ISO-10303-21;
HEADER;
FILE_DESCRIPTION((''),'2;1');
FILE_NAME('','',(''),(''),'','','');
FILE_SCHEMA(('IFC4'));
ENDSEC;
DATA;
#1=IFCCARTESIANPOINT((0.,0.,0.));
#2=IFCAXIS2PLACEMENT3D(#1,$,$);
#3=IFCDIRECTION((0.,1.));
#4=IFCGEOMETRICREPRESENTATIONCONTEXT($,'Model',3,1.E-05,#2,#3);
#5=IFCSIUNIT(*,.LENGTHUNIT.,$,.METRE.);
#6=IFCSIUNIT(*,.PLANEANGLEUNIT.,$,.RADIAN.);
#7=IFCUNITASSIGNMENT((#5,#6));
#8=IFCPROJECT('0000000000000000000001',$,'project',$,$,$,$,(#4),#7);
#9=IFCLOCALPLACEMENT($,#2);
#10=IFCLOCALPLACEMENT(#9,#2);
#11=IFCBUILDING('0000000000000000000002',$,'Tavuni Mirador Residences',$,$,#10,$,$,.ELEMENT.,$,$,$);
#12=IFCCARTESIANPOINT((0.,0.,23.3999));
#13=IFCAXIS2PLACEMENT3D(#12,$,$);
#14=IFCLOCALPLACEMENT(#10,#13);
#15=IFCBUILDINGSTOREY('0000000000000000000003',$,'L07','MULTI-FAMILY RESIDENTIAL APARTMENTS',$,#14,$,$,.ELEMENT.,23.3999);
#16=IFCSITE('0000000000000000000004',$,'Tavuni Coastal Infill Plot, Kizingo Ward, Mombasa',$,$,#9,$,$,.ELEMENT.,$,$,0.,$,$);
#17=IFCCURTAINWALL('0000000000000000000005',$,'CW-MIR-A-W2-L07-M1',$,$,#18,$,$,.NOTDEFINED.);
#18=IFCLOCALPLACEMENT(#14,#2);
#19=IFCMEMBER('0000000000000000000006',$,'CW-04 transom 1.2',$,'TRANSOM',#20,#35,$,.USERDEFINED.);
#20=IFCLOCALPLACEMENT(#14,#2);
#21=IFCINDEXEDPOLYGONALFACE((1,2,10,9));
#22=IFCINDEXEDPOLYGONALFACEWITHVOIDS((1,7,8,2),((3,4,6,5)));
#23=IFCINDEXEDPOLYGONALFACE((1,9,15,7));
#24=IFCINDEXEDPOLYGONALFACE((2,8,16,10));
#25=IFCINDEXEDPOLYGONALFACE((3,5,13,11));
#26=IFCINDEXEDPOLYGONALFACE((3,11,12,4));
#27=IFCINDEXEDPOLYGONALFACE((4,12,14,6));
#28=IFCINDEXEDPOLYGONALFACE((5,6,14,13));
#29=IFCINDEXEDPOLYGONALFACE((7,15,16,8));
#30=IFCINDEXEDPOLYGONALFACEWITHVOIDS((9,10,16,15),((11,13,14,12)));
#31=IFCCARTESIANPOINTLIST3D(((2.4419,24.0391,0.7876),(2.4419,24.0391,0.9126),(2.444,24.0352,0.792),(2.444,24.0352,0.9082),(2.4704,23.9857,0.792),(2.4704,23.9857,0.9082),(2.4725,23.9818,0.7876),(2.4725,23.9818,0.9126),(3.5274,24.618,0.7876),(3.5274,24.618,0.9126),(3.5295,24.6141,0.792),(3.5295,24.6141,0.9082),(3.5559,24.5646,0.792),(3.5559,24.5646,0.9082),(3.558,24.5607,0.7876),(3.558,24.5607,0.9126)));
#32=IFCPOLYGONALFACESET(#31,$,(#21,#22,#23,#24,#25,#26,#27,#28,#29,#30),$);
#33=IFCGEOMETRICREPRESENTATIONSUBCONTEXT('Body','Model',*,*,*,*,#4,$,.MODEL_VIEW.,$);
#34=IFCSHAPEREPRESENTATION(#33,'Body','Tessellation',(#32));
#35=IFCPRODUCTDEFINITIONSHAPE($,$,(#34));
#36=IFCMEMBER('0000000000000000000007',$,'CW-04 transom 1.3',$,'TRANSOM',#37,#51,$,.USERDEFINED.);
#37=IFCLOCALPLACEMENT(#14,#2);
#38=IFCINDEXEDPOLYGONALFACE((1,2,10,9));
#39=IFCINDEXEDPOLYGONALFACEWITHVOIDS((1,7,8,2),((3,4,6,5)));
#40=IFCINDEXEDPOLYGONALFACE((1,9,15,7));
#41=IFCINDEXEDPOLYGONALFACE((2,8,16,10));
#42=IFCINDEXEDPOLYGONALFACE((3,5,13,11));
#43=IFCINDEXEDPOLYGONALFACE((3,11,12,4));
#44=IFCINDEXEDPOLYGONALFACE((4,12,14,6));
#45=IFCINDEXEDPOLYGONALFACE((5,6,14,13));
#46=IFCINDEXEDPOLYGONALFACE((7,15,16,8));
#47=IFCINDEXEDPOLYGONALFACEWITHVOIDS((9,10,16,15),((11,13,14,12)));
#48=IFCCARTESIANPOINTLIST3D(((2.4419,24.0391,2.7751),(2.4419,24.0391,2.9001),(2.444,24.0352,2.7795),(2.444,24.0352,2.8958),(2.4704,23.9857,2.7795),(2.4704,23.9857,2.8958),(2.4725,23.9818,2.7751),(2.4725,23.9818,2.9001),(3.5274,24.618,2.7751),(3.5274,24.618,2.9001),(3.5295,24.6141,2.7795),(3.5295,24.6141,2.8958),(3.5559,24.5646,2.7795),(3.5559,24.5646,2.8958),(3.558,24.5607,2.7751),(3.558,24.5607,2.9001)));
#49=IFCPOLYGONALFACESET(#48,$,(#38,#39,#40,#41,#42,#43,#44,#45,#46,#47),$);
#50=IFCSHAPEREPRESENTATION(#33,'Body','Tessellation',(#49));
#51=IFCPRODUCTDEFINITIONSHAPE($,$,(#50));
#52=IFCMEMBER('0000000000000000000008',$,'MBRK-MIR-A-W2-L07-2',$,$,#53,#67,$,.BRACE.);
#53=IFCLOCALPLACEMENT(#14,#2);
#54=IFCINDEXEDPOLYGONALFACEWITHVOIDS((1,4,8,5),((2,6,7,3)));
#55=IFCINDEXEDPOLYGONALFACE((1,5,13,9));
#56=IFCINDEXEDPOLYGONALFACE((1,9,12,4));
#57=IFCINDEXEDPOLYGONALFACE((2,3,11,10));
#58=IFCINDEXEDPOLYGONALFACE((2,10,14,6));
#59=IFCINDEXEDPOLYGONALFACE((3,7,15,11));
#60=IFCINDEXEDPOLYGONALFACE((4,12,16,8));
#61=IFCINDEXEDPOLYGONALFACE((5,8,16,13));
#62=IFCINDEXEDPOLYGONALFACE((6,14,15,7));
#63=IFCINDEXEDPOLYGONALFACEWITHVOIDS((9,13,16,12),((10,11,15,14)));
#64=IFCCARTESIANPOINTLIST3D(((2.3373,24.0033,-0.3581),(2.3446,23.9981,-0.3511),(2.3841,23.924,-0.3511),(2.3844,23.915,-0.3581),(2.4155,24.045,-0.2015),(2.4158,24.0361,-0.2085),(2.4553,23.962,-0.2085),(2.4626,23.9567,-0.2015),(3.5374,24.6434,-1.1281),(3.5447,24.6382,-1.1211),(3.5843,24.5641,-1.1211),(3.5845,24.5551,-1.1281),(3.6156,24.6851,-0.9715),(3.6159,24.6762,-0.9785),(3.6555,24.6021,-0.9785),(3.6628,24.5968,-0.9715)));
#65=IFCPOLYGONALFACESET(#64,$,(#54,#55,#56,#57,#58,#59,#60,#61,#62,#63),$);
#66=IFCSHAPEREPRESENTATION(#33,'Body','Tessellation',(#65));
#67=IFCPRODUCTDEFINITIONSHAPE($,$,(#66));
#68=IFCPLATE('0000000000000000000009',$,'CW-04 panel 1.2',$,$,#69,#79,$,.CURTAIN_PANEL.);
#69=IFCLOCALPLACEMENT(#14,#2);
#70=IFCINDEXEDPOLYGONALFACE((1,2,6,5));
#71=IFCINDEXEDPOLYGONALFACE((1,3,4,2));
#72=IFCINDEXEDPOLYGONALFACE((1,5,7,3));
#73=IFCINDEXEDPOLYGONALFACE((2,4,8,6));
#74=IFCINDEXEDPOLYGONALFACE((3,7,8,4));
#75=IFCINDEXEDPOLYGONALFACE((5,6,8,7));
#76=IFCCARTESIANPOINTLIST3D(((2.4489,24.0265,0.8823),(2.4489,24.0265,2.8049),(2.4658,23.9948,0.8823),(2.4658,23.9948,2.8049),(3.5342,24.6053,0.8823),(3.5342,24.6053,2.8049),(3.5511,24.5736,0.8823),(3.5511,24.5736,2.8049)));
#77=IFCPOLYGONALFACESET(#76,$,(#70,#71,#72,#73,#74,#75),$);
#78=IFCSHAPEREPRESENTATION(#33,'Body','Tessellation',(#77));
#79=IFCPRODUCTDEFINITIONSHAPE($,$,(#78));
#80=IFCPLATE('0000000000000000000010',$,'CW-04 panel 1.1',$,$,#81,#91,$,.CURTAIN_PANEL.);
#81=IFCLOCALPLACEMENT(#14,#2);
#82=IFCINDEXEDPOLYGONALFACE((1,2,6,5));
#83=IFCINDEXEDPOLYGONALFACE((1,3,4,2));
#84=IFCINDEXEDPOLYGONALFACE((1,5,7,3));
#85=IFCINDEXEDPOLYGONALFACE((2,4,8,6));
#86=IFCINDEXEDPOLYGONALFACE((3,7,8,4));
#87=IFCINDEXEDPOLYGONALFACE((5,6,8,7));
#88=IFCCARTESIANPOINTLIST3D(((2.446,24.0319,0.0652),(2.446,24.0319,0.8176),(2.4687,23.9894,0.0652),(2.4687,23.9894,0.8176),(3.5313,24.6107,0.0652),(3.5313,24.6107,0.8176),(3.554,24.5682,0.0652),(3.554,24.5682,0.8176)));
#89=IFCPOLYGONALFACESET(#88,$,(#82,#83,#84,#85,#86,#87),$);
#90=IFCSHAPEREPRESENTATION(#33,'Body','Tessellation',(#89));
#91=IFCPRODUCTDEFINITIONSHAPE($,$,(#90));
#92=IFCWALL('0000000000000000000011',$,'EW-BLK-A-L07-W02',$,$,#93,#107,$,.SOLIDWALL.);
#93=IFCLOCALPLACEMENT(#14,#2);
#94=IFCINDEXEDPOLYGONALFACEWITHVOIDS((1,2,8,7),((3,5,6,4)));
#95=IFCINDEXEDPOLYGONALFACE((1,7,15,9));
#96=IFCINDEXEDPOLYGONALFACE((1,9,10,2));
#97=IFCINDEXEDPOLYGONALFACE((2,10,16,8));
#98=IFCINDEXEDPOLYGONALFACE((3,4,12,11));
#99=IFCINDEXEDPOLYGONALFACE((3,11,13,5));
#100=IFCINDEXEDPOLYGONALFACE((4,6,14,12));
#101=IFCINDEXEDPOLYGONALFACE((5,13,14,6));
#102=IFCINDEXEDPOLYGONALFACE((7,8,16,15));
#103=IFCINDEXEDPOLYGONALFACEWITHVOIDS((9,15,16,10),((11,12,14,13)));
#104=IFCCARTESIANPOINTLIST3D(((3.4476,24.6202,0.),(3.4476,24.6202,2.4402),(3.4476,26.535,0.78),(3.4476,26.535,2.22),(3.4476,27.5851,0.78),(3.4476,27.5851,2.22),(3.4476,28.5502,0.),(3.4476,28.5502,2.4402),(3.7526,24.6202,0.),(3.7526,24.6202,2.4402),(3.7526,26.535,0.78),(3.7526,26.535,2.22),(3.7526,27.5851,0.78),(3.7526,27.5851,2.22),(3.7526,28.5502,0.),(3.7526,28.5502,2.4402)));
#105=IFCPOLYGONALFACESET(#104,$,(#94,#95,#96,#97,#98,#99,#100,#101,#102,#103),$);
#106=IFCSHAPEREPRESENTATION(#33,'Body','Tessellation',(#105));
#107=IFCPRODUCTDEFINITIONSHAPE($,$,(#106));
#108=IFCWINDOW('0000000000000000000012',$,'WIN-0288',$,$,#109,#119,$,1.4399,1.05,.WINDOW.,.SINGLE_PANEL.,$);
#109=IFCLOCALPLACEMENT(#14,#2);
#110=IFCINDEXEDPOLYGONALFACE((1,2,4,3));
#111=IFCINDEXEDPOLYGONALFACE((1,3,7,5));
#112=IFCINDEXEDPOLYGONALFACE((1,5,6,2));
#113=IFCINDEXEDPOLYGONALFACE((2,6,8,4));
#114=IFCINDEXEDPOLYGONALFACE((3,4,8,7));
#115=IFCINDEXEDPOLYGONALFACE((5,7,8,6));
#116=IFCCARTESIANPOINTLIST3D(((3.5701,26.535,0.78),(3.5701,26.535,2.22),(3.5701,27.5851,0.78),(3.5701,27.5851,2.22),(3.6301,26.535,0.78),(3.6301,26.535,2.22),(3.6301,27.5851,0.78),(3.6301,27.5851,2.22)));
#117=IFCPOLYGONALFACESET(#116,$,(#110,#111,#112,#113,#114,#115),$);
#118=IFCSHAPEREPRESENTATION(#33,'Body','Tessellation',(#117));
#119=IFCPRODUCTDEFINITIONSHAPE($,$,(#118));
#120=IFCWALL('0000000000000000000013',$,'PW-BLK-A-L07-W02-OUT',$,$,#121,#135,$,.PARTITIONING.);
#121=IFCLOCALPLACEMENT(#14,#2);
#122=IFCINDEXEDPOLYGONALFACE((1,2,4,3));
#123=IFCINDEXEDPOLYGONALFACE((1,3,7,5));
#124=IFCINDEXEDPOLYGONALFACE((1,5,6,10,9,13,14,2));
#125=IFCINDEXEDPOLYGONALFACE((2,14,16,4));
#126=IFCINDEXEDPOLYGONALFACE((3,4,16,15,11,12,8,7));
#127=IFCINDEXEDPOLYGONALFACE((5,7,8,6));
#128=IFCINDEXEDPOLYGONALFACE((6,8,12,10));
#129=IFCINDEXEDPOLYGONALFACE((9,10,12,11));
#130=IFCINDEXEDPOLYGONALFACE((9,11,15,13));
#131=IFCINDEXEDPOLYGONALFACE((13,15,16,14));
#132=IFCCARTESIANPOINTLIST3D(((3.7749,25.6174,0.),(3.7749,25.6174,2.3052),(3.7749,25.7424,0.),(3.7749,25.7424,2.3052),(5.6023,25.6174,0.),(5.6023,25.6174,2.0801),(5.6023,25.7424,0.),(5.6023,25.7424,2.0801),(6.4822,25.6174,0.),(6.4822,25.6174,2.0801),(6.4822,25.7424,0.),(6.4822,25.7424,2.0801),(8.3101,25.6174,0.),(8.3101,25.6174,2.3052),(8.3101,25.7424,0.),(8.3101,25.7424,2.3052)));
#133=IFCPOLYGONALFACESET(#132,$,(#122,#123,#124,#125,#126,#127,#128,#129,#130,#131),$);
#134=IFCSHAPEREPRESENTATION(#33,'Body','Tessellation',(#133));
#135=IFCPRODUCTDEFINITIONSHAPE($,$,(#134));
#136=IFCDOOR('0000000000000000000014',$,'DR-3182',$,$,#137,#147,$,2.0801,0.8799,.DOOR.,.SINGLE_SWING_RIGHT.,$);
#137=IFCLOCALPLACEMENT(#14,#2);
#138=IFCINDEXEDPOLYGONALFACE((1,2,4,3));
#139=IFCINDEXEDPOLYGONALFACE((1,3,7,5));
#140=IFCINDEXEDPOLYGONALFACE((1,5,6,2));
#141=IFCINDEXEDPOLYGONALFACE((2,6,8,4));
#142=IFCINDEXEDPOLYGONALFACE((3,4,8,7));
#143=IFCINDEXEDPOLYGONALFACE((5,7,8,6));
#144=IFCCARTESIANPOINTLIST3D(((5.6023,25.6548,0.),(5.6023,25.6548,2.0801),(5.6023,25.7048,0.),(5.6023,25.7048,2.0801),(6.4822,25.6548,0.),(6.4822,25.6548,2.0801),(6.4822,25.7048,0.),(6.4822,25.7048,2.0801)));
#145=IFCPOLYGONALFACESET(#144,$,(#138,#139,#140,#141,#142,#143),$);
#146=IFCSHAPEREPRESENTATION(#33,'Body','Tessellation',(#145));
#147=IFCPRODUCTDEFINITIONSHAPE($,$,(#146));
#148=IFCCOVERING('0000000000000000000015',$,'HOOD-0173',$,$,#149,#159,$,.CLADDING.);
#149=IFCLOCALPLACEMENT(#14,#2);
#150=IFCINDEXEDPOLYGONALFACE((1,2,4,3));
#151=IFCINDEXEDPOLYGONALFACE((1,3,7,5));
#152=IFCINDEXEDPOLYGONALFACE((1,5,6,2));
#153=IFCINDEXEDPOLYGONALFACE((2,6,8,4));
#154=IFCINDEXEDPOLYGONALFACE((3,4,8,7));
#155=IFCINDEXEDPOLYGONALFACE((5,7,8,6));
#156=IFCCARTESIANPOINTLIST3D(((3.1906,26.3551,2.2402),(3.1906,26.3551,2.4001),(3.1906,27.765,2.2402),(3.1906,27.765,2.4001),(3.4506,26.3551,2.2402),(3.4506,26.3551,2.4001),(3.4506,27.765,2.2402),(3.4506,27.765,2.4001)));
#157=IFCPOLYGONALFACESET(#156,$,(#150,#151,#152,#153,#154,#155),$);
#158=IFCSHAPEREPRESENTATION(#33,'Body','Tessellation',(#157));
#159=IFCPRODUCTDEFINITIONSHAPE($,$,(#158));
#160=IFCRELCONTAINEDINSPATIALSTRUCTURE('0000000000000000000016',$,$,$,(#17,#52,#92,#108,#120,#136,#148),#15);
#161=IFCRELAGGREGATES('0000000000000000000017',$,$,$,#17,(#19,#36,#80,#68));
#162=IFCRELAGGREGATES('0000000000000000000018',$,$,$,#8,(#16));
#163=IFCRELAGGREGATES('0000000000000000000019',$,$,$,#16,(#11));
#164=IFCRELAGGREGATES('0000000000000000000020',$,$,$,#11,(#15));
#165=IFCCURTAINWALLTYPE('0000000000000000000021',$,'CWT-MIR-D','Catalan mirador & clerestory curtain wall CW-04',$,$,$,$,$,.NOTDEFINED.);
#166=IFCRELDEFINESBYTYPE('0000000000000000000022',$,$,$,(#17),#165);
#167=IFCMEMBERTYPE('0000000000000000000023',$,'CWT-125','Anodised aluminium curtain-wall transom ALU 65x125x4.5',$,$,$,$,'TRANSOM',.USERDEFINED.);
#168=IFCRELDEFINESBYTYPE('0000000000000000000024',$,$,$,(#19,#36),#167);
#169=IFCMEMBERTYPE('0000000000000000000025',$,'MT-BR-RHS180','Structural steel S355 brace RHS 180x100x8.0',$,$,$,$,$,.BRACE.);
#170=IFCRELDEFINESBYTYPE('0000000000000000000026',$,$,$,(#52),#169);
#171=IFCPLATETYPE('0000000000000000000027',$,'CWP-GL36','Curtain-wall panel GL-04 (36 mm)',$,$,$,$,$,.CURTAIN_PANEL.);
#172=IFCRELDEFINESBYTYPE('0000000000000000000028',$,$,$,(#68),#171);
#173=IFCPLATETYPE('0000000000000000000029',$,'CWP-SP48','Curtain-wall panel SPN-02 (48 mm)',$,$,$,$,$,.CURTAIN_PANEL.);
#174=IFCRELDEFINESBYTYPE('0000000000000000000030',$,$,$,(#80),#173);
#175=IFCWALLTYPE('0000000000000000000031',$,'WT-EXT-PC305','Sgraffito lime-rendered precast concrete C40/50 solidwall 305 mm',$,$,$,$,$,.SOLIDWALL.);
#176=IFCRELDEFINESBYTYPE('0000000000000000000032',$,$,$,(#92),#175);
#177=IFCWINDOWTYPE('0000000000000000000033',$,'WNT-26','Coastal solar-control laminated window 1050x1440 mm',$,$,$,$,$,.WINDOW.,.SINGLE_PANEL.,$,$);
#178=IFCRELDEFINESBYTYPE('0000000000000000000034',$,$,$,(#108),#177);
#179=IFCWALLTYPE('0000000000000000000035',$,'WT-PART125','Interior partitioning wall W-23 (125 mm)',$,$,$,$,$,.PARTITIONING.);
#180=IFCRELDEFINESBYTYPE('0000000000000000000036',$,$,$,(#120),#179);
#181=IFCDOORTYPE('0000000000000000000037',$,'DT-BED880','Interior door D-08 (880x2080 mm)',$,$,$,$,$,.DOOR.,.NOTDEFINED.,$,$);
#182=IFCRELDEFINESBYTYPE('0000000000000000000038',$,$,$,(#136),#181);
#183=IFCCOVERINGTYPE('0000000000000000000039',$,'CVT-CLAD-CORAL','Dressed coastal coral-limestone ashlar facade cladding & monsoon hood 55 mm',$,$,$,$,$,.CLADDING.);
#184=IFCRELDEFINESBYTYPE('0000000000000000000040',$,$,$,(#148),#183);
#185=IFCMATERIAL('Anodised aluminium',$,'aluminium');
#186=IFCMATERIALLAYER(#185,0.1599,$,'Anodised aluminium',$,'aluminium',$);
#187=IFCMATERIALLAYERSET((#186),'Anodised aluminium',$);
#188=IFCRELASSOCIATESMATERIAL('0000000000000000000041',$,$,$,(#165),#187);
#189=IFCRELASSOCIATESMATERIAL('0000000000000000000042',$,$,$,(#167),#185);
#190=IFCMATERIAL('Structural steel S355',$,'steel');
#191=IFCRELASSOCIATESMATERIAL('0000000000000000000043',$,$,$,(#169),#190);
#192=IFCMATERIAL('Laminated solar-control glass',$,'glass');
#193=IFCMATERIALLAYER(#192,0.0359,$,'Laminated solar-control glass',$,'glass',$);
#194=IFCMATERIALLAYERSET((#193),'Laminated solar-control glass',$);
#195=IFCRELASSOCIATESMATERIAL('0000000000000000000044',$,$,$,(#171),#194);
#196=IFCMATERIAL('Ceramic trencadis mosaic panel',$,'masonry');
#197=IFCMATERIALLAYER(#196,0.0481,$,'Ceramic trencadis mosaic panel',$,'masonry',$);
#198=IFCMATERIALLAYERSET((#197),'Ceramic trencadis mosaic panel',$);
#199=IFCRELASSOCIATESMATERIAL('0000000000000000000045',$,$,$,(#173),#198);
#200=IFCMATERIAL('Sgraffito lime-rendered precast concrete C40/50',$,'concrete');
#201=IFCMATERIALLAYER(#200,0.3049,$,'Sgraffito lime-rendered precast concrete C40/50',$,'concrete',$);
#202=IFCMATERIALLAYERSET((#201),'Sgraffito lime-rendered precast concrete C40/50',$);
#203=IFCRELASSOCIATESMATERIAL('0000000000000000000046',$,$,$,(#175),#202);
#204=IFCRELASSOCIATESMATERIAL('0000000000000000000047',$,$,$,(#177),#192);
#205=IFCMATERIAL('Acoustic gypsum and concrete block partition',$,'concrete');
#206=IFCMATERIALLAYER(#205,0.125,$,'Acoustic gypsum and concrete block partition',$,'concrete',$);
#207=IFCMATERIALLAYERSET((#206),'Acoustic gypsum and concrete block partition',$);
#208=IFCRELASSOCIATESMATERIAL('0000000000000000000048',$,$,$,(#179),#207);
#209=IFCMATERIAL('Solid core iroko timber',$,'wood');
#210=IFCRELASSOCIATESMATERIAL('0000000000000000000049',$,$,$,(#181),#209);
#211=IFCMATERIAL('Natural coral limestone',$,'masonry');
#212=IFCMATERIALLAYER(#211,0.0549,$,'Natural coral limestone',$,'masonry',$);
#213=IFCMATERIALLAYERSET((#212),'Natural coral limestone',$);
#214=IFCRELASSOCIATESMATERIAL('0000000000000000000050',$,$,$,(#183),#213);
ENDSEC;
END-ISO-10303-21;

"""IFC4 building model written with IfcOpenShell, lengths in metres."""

from ifc_helpers import new_model, si_unit, direction, frame, frame_2d, origin, origin_2d, place, context, subcontext, project, spatial, rectangle, hollow_rectangle, extrude, material, layer, layer_set, material_profile, profile_set, type_object, element, fill, aggregate, save


model = new_model("IFC4")

# Units and contexts
model_context = context("Model", 3, precision=1e-05, world=origin(), true_north=direction((0.0, 1.0)))
body_context = subcontext(model_context, "Body", "Model", "MODEL_VIEW")
ifc_project = project(units=[si_unit("LENGTHUNIT", "METRE"), si_unit("PLANEANGLEUNIT", "RADIAN")], contexts=[model_context])

# Site, building, storey
site_placement = place(None, origin())
site = spatial("IfcSite", under=ifc_project, at=site_placement, Name="Tavuni Coastal Infill Plot, Kizingo Ward, Mombasa", CompositionType="ELEMENT", RefElevation=0.0)
building_placement = place(site_placement, origin())
building = spatial("IfcBuilding", under=site, at=building_placement, Name="Tavuni Mirador Residences", CompositionType="ELEMENT")
storey_placement = place(building_placement, frame((0.0, 0.0, 23.3999)))
storey = spatial("IfcBuildingStorey", under=building, at=storey_placement, Name="L07", Description="MULTI-FAMILY RESIDENTIAL APARTMENTS", CompositionType="ELEMENT", Elevation=23.3999)

# Shared definitions
ifc_material_1 = material(Name="Anodised aluminium", Category="aluminium")

# Curtain wall
ifc_layer_1 = layer(ifc_material_1, 0.1599, Name="Anodised aluminium", Category="aluminium")
ifc_layer_set_1 = layer_set([ifc_layer_1], Name="Anodised aluminium")
curtain_wall_type_1 = type_object("IfcCurtainWallType", Name="CWT-MIR-D", Description="Catalan mirador & clerestory curtain wall CW-04", PredefinedType="NOTDEFINED", material=ifc_layer_set_1)
curtain_wall_1_placement = place(storey_placement, origin())
curtain_wall_1 = element("IfcCurtainWall", 1, at=curtain_wall_1_placement, inside=storey, type_object=curtain_wall_type_1, Name="CW-MIR-A-W2-L07-M1", PredefinedType="NOTDEFINED")

# Members
ifc_material_profile_1 = material_profile(ifc_material_1, hollow_rectangle(XDim=0.0649, YDim=0.125, WallThickness=0.0044, at=origin_2d()), Name="ALU 65x125x4.5", Category="aluminium")
ifc_profile_set_1 = profile_set([ifc_material_profile_1], Name="Anodised aluminium")
member_type_1 = type_object("IfcMemberType", Name="CWT-125", Description="Anodised aluminium curtain-wall transom ALU 65x125x4.5", ElementType="TRANSOM", PredefinedType="USERDEFINED", material=ifc_profile_set_1)
member_1_placement = place(storey_placement, frame((3.5427, 24.5894, 0.8501), z_axis=(-0.882369, -0.470557, 0.0), x_axis=(0.470557, -0.882369, 0.0)))
member_1 = element("IfcMember", 2, at=member_1_placement, type_object=member_type_1, Name="CW-04 transom 1.2", ObjectType="TRANSOM", PredefinedType="USERDEFINED", context=body_context, shape_type="SweptSolid", body=[
    extrude(hollow_rectangle(XDim=0.0649, YDim=0.125, WallThickness=0.0044, at=origin_2d()), origin(), (0.0, 0.0, 1.0), 1.2302),
])
member_2_placement = place(storey_placement, frame((3.5427, 24.5894, 2.8376), z_axis=(-0.882369, -0.470557, 0.0), x_axis=(0.470557, -0.882369, 0.0)))
member_2 = element("IfcMember", 3, at=member_2_placement, type_object=member_type_1, Name="CW-04 transom 1.3", ObjectType="TRANSOM", PredefinedType="USERDEFINED", context=body_context, shape_type="SweptSolid", body=[
    extrude(hollow_rectangle(XDim=0.0649, YDim=0.125, WallThickness=0.0044, at=origin_2d()), origin(), (0.0, 0.0, 1.0), 1.2302),
])
ifc_material_2 = material(Name="Structural steel S355", Category="steel")
ifc_material_profile_2 = material_profile(ifc_material_2, hollow_rectangle(XDim=0.1001, YDim=0.1799, WallThickness=0.0081, at=origin_2d()), Name="RHS 180x100x8.0", Category="steel")
ifc_profile_set_2 = profile_set([ifc_material_profile_2], Name="Structural steel S355")
member_type_2 = type_object("IfcMemberType", Name="MT-BR-RHS180", Description="Structural steel S355 brace RHS 180x100x8.0", PredefinedType="BRACE", material=ifc_profile_set_2)
member_3_placement = place(storey_placement, frame((3.6001, 24.6201, -1.0498), z_axis=(-0.767847, -0.409539, 0.492634), x_axis=(0.470607, -0.882343, 0.0)))
element("IfcMember", 4, at=member_3_placement, inside=storey, type_object=member_type_2, Name="MBRK-MIR-A-W2-L07-2", PredefinedType="BRACE", context=body_context, shape_type="SweptSolid", body=[
    extrude(hollow_rectangle(XDim=0.1001, YDim=0.1799, WallThickness=0.0081, at=origin_2d()), origin(), (0.0, 0.0, 1.0), 1.563),
])

# Plates
ifc_material_3 = material(Name="Laminated solar-control glass", Category="glass")
ifc_layer_2 = layer(ifc_material_3, 0.0359, Name="Laminated solar-control glass", Category="glass")
ifc_layer_set_2 = layer_set([ifc_layer_2], Name="Laminated solar-control glass")
plate_type_1 = type_object("IfcPlateType", Name="CWP-GL36", Description="Curtain-wall panel GL-04 (36 mm)", PredefinedType="CURTAIN_PANEL", material=ifc_layer_set_2)
plate_1_placement = place(storey_placement, frame((3.0, 24.3, 0.8823), z_axis=(0.0, 0.0, 1.0), x_axis=(-0.882353, -0.470588, 0.0)))
plate_1 = element("IfcPlate", 5, at=plate_1_placement, type_object=plate_type_1, Name="CW-04 panel 1.2", PredefinedType="CURTAIN_PANEL", context=body_context, shape_type="SweptSolid", body=[
    extrude(rectangle(XDim=1.23, YDim=0.0359, at=origin_2d()), origin(), (0.0, 0.0, 1.0), 1.9226),
])
ifc_material_4 = material(Name="Ceramic trencadis mosaic panel", Category="masonry")
ifc_layer_3 = layer(ifc_material_4, 0.0481, Name="Ceramic trencadis mosaic panel", Category="masonry")
ifc_layer_set_3 = layer_set([ifc_layer_3], Name="Ceramic trencadis mosaic panel")
plate_type_2 = type_object("IfcPlateType", Name="CWP-SP48", Description="Curtain-wall panel SPN-02 (48 mm)", PredefinedType="CURTAIN_PANEL", material=ifc_layer_set_3)
plate_2_placement = place(storey_placement, frame((3.0, 24.3, 0.0652), z_axis=(0.0, 0.0, 1.0), x_axis=(-0.882353, -0.470588, 0.0)))
plate_2 = element("IfcPlate", 6, at=plate_2_placement, type_object=plate_type_2, Name="CW-04 panel 1.1", PredefinedType="CURTAIN_PANEL", context=body_context, shape_type="SweptSolid", body=[
    extrude(rectangle(XDim=1.23, YDim=0.0481, at=origin_2d()), origin(), (0.0, 0.0, 1.0), 0.7524),
])
aggregate(curtain_wall_1, [member_1, member_2, plate_2, plate_1])

# Wall, opening, window
ifc_material_5 = material(Name="Sgraffito lime-rendered precast concrete C40/50", Category="concrete")
ifc_layer_4 = layer(ifc_material_5, 0.3049, Name="Sgraffito lime-rendered precast concrete C40/50", Category="concrete")
ifc_layer_set_4 = layer_set([ifc_layer_4], Name="Sgraffito lime-rendered precast concrete C40/50")
wall_type_1 = type_object("IfcWallType", Name="WT-EXT-PC305", Description="Sgraffito lime-rendered precast concrete C40/50 solidwall 305 mm", PredefinedType="SOLIDWALL", material=ifc_layer_set_4)
wall_1_placement = place(storey_placement, frame((3.6001, 28.55, 0.0), z_axis=(0.0, 0.0, 1.0), x_axis=(0.0, -1.0, 0.0)))
wall_1 = element("IfcWall", 7, at=wall_1_placement, inside=storey, type_object=wall_type_1, Name="EW-BLK-A-L07-W02", PredefinedType="SOLIDWALL", context=body_context, shape_type="SweptSolid", body=[
    extrude(rectangle(XDim=3.9299, YDim=0.3049, at=frame_2d((1.9648, 0.0))), origin(), (0.0, 0.0, 1.0), 2.4402),
])
opening_1_placement = place(wall_1_placement, frame((0.9651, 0.0, 0.78)))
opening_1 = element("IfcOpeningElement", 8, at=opening_1_placement, cuts=wall_1, PredefinedType="OPENING", context=body_context, shape_type="SweptSolid", body=[
    extrude(rectangle(XDim=1.05, YDim=1.4399, at=frame_2d((0.5249, 0.72))), frame((0.0, 0.1626, 0.0), z_axis=(0.0, -1.0, 0.0), x_axis=(1.0, 0.0, 0.0)), (0.0, 0.0, 1.0), 0.325),
])
window_type = type_object("IfcWindowType", Name="WNT-26", Description="Coastal solar-control laminated window 1050x1440 mm", PartitioningType="SINGLE_PANEL", PredefinedType="WINDOW", material=ifc_material_3)
window_placement = place(opening_1_placement, origin())
window = element("IfcWindow", 9, at=window_placement, inside=storey, type_object=window_type, Name="WIN-0288", OverallHeight=1.4399, OverallWidth=1.05, PartitioningType="SINGLE_PANEL", PredefinedType="WINDOW", context=body_context, shape_type="SweptSolid", body=[
    extrude(rectangle(XDim=1.05, YDim=1.4399, at=frame_2d((0.5249, 0.72))), frame((0.0, 0.03, 0.0), z_axis=(0.0, -1.0, 0.0), x_axis=(1.0, 0.0, 0.0)), (0.0, 0.0, 1.0), 0.0601),
])
fill(opening_1, window)

# Wall, opening, door
ifc_material_6 = material(Name="Acoustic gypsum and concrete block partition", Category="concrete")
ifc_layer_5 = layer(ifc_material_6, 0.125, Name="Acoustic gypsum and concrete block partition", Category="concrete")
ifc_layer_set_5 = layer_set([ifc_layer_5], Name="Acoustic gypsum and concrete block partition")
wall_type_2 = type_object("IfcWallType", Name="WT-PART125", Description="Interior partitioning wall W-23 (125 mm)", PredefinedType="PARTITIONING", material=ifc_layer_set_5)
wall_2_placement = place(storey_placement, frame((3.7749, 25.6799, 0.0), z_axis=(0.0, 0.0, 1.0), x_axis=(1.0, 0.0, 0.0)))
wall_2 = element("IfcWall", 10, at=wall_2_placement, inside=storey, type_object=wall_type_2, Name="PW-BLK-A-L07-W02-OUT", PredefinedType="PARTITIONING", context=body_context, shape_type="SweptSolid", body=[
    extrude(rectangle(XDim=4.5352, YDim=0.125, at=frame_2d((2.2676, 0.0))), origin(), (0.0, 0.0, 1.0), 2.3052),
])
opening_2_placement = place(wall_2_placement, frame((1.8274, 0.0, 0.0)))
opening_2 = element("IfcOpeningElement", 11, at=opening_2_placement, cuts=wall_2, PredefinedType="OPENING", context=body_context, shape_type="SweptSolid", body=[
    extrude(rectangle(XDim=0.8799, YDim=2.0801, at=frame_2d((0.4399, 1.04))), frame((0.0, 0.0725, 0.0), z_axis=(0.0, -1.0, 0.0), x_axis=(1.0, 0.0, 0.0)), (0.0, 0.0, 1.0), 0.145),
])
ifc_material_7 = material(Name="Solid core iroko timber", Category="wood")
door_type = type_object("IfcDoorType", Name="DT-BED880", Description="Interior door D-08 (880x2080 mm)", OperationType="NOTDEFINED", PredefinedType="DOOR", material=ifc_material_7)
door_placement = place(opening_2_placement, origin())
door = element("IfcDoor", 12, at=door_placement, inside=storey, type_object=door_type, Name="DR-3182", OperationType="SINGLE_SWING_RIGHT", OverallHeight=2.0801, OverallWidth=0.8799, PredefinedType="DOOR", context=body_context, shape_type="SweptSolid", body=[
    extrude(rectangle(XDim=0.8799, YDim=2.0801, at=frame_2d((0.4399, 1.04))), frame((0.0, 0.0249, 0.0), z_axis=(0.0, -1.0, 0.0), x_axis=(1.0, 0.0, 0.0)), (0.0, 0.0, 1.0), 0.05),
])
fill(opening_2, door)

# Covering
ifc_material_8 = material(Name="Natural coral limestone", Category="masonry")
ifc_layer_6 = layer(ifc_material_8, 0.0549, Name="Natural coral limestone", Category="masonry")
ifc_layer_set_6 = layer_set([ifc_layer_6], Name="Natural coral limestone")
covering_type = type_object("IfcCoveringType", Name="CVT-CLAD-CORAL", Description="Dressed coastal coral-limestone ashlar facade cladding & monsoon hood 55 mm", PredefinedType="CLADDING", material=ifc_layer_set_6)
covering_placement = place(storey_placement, frame((3.3206, 27.0601, 2.2402), z_axis=(0.0, 0.0, 1.0), x_axis=(0.0, -1.0, 0.0)))
element("IfcCovering", 13, at=covering_placement, inside=storey, type_object=covering_type, Name="HOOD-0173", PredefinedType="CLADDING", context=body_context, shape_type="SweptSolid", body=[
    extrude(rectangle(XDim=1.4099, YDim=0.26, at=origin_2d()), origin(), (0.0, 0.0, 1.0), 0.1599),
])

save(model, "model.ifc")
